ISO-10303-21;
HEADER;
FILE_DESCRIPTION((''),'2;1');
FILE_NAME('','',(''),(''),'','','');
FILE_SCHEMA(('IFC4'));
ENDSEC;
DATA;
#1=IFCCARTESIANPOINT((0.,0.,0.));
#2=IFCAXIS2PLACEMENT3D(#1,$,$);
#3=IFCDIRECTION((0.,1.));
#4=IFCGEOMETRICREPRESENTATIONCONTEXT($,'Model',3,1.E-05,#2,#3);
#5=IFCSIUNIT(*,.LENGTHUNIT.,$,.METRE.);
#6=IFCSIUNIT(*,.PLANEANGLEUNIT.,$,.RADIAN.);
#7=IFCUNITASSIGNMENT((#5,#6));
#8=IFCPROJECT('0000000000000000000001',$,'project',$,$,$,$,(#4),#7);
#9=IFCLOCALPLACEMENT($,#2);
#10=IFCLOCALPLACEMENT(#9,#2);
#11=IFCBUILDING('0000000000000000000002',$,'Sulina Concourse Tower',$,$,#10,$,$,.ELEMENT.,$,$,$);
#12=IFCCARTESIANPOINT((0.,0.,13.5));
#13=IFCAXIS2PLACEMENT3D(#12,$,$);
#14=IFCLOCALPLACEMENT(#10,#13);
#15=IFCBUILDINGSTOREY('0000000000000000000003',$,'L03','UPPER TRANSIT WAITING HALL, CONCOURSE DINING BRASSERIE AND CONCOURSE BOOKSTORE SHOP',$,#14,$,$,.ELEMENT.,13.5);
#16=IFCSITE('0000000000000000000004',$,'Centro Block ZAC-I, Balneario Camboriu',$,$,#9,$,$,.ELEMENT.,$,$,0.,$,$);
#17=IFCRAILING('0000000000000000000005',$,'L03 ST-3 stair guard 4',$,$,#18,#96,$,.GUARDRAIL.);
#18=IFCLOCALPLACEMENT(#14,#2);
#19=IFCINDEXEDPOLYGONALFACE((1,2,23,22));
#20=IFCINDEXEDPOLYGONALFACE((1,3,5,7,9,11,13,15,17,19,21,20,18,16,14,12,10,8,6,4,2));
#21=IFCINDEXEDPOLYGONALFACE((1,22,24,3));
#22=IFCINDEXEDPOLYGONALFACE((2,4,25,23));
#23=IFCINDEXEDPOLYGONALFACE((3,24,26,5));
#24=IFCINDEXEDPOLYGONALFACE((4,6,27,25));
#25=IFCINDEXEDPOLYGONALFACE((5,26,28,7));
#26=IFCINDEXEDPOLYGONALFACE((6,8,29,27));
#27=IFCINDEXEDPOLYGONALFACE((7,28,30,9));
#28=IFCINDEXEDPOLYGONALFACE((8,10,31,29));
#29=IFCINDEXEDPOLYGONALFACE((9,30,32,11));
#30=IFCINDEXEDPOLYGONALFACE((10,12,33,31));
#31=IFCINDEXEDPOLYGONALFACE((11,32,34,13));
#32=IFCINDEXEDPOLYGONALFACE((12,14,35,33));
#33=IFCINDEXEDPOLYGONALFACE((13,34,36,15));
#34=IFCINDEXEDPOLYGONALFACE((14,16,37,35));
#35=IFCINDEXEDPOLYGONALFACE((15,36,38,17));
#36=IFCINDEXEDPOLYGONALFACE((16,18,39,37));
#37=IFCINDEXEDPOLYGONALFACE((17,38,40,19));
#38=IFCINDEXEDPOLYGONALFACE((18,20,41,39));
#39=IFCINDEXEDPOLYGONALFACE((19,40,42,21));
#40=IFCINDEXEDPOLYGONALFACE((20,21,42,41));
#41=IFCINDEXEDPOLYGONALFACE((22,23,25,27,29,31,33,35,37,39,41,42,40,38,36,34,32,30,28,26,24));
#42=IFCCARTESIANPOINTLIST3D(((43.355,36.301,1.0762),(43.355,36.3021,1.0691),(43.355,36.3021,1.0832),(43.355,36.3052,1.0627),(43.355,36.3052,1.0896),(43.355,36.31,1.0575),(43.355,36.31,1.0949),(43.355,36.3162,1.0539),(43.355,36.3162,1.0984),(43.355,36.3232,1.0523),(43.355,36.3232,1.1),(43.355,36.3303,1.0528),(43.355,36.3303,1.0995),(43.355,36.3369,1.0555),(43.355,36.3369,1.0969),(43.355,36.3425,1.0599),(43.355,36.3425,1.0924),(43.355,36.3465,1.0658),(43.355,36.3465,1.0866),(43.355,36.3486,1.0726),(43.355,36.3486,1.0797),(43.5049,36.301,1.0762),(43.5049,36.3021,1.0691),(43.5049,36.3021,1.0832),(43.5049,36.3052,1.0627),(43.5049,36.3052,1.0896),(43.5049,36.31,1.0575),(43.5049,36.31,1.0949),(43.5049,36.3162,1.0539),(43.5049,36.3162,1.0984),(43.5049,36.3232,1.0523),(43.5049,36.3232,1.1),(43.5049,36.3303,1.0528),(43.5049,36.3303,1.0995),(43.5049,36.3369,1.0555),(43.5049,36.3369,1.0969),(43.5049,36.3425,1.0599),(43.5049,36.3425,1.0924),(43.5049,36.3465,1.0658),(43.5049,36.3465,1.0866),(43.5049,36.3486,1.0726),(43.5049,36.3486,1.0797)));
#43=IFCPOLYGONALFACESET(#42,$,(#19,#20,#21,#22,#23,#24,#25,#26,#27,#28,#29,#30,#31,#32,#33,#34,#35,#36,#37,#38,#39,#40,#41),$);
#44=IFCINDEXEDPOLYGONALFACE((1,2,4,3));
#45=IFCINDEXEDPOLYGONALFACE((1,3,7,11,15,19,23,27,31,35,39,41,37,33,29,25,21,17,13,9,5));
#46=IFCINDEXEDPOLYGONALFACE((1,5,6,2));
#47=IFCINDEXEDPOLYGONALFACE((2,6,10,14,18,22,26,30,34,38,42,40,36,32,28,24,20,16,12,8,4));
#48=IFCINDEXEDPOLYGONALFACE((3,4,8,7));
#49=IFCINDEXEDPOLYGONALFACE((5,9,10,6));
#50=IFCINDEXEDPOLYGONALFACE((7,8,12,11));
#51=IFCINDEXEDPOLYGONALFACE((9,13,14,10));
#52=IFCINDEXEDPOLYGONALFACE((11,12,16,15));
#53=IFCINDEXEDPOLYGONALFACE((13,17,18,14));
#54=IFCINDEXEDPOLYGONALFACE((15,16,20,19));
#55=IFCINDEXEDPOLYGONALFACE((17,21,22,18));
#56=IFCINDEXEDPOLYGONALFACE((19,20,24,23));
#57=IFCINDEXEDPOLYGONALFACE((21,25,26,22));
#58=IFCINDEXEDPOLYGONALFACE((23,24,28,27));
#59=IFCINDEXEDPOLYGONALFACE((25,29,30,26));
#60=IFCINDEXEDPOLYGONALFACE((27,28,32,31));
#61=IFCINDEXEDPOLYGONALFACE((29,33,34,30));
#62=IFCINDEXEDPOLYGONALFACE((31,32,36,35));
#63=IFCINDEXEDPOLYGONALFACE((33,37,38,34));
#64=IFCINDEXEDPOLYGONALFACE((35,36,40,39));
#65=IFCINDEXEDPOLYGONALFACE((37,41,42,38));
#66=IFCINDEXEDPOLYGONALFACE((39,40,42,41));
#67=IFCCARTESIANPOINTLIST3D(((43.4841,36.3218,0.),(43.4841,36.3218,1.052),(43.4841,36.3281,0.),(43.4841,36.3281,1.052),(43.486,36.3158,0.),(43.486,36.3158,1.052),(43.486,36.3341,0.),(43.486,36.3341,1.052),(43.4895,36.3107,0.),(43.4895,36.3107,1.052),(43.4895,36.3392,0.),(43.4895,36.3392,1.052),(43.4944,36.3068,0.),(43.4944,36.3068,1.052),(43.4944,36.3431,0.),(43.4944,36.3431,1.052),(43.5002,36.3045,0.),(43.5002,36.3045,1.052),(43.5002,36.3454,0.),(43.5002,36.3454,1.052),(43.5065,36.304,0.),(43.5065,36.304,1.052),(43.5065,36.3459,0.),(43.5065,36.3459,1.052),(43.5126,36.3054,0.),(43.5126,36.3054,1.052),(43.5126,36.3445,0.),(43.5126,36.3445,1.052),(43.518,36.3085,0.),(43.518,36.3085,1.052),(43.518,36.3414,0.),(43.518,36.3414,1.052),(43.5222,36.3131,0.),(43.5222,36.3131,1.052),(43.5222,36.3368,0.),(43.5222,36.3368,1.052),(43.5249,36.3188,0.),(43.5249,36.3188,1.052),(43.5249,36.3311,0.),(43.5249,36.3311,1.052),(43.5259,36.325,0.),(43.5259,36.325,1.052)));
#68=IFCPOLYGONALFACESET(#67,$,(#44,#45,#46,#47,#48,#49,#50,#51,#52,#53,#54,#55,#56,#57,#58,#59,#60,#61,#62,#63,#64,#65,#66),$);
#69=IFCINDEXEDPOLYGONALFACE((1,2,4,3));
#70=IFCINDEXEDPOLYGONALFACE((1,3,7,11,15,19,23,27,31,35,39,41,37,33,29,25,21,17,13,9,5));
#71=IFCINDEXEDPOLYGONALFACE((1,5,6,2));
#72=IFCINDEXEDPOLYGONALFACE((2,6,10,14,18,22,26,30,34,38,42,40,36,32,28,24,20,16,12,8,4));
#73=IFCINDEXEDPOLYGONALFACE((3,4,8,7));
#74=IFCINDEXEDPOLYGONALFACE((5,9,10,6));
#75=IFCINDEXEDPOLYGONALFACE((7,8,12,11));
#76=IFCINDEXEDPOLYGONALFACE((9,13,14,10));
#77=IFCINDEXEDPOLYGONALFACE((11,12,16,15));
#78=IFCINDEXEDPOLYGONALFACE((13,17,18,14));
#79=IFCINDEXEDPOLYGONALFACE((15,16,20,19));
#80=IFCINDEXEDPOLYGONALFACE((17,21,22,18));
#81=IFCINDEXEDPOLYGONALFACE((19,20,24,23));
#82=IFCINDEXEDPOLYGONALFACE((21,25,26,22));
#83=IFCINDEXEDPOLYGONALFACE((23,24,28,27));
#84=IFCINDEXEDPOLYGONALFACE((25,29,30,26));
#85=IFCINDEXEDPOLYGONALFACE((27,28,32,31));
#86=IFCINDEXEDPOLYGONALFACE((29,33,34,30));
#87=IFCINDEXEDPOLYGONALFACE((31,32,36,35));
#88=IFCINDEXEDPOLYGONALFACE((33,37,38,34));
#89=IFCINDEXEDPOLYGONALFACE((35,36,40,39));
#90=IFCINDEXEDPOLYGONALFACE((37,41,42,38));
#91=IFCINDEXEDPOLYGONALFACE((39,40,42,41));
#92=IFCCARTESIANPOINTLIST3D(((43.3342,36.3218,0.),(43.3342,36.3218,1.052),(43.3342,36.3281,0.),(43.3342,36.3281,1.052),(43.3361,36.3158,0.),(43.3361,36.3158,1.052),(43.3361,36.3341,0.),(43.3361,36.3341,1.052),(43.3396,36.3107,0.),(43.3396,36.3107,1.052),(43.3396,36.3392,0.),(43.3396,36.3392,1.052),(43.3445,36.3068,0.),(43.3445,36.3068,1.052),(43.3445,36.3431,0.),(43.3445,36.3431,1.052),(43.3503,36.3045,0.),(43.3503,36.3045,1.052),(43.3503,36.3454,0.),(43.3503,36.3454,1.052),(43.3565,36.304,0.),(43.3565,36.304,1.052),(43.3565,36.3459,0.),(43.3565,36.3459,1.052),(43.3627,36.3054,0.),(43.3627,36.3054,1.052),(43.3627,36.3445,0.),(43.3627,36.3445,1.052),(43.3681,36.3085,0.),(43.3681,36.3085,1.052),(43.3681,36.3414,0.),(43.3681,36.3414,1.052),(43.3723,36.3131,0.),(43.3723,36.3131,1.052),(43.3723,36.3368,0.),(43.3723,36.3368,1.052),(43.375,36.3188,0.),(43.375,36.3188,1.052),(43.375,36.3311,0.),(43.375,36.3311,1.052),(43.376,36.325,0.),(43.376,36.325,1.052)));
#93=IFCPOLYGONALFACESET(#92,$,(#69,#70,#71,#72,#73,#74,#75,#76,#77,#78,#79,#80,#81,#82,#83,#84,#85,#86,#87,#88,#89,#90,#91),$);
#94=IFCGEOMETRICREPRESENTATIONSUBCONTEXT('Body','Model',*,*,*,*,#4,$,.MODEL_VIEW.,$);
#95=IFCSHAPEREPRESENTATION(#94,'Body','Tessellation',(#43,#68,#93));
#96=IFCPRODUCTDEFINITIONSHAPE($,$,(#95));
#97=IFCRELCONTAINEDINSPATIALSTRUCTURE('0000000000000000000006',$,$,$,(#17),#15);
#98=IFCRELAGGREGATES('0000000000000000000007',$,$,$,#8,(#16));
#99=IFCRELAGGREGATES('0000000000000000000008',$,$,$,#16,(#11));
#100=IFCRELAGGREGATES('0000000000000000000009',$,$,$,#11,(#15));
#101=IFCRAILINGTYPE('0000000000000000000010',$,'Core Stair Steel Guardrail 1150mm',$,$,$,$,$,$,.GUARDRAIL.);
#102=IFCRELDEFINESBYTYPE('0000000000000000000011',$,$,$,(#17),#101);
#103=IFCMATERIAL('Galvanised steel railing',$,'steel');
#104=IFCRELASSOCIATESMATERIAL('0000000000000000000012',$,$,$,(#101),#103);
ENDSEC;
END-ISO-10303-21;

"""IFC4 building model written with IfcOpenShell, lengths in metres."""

from ifc_helpers import new_model, si_unit, direction, frame, origin, origin_2d, place, context, subcontext, project, spatial, circle, extrude, material, type_object, element, save


model = new_model("IFC4")

# Units and contexts
model_context = context("Model", 3, precision=1e-05, world=origin(), true_north=direction((0.0, 1.0)))
body_context = subcontext(model_context, "Body", "Model", "MODEL_VIEW")
ifc_project = project(units=[si_unit("LENGTHUNIT", "METRE"), si_unit("PLANEANGLEUNIT", "RADIAN")], contexts=[model_context])

# Site, building, storey
site_placement = place(None, origin())
site = spatial("IfcSite", under=ifc_project, at=site_placement, Name="Centro Block ZAC-I, Balneario Camboriu", CompositionType="ELEMENT", RefElevation=0.0)
building_placement = place(site_placement, origin())
building = spatial("IfcBuilding", under=site, at=building_placement, Name="Sulina Concourse Tower", CompositionType="ELEMENT")
storey_placement = place(building_placement, frame((0.0, 0.0, 13.5)))
storey = spatial("IfcBuildingStorey", under=building, at=storey_placement, Name="L03", Description="UPPER TRANSIT WAITING HALL, CONCOURSE DINING BRASSERIE AND CONCOURSE BOOKSTORE SHOP", CompositionType="ELEMENT", Elevation=13.5)

# Railing
ifc_material_1 = material(Name="Galvanised steel railing", Category="steel")
railing_type_1 = type_object("IfcRailingType", Name="Core Stair Steel Guardrail 1150mm", PredefinedType="GUARDRAIL", material=ifc_material_1)
railing_1_placement = place(storey_placement, frame((43.5049, 36.325, 0.0)))
element("IfcRailing", 1, at=railing_1_placement, inside=storey, type_object=railing_type_1, Name="L03 ST-3 stair guard 4", PredefinedType="GUARDRAIL", context=body_context, shape_type="SweptSolid", body=[
    extrude(circle(Radius=0.0239, at=origin_2d()), frame((0.0, 0.0, 1.0762), z_axis=(-1.0, 0.0, 0.0), x_axis=(0.0, -1.0, 0.0)), (0.0, 0.0, 1.0), 0.1499),
    extrude(circle(Radius=0.021, at=origin_2d()), origin(), (0.0, 0.0, 1.0), 1.052),
    extrude(circle(Radius=0.021, at=origin_2d()), frame((-0.1499, 0.0, 0.0)), (0.0, 0.0, 1.0), 1.052),
])

save(model, "model.ifc")
